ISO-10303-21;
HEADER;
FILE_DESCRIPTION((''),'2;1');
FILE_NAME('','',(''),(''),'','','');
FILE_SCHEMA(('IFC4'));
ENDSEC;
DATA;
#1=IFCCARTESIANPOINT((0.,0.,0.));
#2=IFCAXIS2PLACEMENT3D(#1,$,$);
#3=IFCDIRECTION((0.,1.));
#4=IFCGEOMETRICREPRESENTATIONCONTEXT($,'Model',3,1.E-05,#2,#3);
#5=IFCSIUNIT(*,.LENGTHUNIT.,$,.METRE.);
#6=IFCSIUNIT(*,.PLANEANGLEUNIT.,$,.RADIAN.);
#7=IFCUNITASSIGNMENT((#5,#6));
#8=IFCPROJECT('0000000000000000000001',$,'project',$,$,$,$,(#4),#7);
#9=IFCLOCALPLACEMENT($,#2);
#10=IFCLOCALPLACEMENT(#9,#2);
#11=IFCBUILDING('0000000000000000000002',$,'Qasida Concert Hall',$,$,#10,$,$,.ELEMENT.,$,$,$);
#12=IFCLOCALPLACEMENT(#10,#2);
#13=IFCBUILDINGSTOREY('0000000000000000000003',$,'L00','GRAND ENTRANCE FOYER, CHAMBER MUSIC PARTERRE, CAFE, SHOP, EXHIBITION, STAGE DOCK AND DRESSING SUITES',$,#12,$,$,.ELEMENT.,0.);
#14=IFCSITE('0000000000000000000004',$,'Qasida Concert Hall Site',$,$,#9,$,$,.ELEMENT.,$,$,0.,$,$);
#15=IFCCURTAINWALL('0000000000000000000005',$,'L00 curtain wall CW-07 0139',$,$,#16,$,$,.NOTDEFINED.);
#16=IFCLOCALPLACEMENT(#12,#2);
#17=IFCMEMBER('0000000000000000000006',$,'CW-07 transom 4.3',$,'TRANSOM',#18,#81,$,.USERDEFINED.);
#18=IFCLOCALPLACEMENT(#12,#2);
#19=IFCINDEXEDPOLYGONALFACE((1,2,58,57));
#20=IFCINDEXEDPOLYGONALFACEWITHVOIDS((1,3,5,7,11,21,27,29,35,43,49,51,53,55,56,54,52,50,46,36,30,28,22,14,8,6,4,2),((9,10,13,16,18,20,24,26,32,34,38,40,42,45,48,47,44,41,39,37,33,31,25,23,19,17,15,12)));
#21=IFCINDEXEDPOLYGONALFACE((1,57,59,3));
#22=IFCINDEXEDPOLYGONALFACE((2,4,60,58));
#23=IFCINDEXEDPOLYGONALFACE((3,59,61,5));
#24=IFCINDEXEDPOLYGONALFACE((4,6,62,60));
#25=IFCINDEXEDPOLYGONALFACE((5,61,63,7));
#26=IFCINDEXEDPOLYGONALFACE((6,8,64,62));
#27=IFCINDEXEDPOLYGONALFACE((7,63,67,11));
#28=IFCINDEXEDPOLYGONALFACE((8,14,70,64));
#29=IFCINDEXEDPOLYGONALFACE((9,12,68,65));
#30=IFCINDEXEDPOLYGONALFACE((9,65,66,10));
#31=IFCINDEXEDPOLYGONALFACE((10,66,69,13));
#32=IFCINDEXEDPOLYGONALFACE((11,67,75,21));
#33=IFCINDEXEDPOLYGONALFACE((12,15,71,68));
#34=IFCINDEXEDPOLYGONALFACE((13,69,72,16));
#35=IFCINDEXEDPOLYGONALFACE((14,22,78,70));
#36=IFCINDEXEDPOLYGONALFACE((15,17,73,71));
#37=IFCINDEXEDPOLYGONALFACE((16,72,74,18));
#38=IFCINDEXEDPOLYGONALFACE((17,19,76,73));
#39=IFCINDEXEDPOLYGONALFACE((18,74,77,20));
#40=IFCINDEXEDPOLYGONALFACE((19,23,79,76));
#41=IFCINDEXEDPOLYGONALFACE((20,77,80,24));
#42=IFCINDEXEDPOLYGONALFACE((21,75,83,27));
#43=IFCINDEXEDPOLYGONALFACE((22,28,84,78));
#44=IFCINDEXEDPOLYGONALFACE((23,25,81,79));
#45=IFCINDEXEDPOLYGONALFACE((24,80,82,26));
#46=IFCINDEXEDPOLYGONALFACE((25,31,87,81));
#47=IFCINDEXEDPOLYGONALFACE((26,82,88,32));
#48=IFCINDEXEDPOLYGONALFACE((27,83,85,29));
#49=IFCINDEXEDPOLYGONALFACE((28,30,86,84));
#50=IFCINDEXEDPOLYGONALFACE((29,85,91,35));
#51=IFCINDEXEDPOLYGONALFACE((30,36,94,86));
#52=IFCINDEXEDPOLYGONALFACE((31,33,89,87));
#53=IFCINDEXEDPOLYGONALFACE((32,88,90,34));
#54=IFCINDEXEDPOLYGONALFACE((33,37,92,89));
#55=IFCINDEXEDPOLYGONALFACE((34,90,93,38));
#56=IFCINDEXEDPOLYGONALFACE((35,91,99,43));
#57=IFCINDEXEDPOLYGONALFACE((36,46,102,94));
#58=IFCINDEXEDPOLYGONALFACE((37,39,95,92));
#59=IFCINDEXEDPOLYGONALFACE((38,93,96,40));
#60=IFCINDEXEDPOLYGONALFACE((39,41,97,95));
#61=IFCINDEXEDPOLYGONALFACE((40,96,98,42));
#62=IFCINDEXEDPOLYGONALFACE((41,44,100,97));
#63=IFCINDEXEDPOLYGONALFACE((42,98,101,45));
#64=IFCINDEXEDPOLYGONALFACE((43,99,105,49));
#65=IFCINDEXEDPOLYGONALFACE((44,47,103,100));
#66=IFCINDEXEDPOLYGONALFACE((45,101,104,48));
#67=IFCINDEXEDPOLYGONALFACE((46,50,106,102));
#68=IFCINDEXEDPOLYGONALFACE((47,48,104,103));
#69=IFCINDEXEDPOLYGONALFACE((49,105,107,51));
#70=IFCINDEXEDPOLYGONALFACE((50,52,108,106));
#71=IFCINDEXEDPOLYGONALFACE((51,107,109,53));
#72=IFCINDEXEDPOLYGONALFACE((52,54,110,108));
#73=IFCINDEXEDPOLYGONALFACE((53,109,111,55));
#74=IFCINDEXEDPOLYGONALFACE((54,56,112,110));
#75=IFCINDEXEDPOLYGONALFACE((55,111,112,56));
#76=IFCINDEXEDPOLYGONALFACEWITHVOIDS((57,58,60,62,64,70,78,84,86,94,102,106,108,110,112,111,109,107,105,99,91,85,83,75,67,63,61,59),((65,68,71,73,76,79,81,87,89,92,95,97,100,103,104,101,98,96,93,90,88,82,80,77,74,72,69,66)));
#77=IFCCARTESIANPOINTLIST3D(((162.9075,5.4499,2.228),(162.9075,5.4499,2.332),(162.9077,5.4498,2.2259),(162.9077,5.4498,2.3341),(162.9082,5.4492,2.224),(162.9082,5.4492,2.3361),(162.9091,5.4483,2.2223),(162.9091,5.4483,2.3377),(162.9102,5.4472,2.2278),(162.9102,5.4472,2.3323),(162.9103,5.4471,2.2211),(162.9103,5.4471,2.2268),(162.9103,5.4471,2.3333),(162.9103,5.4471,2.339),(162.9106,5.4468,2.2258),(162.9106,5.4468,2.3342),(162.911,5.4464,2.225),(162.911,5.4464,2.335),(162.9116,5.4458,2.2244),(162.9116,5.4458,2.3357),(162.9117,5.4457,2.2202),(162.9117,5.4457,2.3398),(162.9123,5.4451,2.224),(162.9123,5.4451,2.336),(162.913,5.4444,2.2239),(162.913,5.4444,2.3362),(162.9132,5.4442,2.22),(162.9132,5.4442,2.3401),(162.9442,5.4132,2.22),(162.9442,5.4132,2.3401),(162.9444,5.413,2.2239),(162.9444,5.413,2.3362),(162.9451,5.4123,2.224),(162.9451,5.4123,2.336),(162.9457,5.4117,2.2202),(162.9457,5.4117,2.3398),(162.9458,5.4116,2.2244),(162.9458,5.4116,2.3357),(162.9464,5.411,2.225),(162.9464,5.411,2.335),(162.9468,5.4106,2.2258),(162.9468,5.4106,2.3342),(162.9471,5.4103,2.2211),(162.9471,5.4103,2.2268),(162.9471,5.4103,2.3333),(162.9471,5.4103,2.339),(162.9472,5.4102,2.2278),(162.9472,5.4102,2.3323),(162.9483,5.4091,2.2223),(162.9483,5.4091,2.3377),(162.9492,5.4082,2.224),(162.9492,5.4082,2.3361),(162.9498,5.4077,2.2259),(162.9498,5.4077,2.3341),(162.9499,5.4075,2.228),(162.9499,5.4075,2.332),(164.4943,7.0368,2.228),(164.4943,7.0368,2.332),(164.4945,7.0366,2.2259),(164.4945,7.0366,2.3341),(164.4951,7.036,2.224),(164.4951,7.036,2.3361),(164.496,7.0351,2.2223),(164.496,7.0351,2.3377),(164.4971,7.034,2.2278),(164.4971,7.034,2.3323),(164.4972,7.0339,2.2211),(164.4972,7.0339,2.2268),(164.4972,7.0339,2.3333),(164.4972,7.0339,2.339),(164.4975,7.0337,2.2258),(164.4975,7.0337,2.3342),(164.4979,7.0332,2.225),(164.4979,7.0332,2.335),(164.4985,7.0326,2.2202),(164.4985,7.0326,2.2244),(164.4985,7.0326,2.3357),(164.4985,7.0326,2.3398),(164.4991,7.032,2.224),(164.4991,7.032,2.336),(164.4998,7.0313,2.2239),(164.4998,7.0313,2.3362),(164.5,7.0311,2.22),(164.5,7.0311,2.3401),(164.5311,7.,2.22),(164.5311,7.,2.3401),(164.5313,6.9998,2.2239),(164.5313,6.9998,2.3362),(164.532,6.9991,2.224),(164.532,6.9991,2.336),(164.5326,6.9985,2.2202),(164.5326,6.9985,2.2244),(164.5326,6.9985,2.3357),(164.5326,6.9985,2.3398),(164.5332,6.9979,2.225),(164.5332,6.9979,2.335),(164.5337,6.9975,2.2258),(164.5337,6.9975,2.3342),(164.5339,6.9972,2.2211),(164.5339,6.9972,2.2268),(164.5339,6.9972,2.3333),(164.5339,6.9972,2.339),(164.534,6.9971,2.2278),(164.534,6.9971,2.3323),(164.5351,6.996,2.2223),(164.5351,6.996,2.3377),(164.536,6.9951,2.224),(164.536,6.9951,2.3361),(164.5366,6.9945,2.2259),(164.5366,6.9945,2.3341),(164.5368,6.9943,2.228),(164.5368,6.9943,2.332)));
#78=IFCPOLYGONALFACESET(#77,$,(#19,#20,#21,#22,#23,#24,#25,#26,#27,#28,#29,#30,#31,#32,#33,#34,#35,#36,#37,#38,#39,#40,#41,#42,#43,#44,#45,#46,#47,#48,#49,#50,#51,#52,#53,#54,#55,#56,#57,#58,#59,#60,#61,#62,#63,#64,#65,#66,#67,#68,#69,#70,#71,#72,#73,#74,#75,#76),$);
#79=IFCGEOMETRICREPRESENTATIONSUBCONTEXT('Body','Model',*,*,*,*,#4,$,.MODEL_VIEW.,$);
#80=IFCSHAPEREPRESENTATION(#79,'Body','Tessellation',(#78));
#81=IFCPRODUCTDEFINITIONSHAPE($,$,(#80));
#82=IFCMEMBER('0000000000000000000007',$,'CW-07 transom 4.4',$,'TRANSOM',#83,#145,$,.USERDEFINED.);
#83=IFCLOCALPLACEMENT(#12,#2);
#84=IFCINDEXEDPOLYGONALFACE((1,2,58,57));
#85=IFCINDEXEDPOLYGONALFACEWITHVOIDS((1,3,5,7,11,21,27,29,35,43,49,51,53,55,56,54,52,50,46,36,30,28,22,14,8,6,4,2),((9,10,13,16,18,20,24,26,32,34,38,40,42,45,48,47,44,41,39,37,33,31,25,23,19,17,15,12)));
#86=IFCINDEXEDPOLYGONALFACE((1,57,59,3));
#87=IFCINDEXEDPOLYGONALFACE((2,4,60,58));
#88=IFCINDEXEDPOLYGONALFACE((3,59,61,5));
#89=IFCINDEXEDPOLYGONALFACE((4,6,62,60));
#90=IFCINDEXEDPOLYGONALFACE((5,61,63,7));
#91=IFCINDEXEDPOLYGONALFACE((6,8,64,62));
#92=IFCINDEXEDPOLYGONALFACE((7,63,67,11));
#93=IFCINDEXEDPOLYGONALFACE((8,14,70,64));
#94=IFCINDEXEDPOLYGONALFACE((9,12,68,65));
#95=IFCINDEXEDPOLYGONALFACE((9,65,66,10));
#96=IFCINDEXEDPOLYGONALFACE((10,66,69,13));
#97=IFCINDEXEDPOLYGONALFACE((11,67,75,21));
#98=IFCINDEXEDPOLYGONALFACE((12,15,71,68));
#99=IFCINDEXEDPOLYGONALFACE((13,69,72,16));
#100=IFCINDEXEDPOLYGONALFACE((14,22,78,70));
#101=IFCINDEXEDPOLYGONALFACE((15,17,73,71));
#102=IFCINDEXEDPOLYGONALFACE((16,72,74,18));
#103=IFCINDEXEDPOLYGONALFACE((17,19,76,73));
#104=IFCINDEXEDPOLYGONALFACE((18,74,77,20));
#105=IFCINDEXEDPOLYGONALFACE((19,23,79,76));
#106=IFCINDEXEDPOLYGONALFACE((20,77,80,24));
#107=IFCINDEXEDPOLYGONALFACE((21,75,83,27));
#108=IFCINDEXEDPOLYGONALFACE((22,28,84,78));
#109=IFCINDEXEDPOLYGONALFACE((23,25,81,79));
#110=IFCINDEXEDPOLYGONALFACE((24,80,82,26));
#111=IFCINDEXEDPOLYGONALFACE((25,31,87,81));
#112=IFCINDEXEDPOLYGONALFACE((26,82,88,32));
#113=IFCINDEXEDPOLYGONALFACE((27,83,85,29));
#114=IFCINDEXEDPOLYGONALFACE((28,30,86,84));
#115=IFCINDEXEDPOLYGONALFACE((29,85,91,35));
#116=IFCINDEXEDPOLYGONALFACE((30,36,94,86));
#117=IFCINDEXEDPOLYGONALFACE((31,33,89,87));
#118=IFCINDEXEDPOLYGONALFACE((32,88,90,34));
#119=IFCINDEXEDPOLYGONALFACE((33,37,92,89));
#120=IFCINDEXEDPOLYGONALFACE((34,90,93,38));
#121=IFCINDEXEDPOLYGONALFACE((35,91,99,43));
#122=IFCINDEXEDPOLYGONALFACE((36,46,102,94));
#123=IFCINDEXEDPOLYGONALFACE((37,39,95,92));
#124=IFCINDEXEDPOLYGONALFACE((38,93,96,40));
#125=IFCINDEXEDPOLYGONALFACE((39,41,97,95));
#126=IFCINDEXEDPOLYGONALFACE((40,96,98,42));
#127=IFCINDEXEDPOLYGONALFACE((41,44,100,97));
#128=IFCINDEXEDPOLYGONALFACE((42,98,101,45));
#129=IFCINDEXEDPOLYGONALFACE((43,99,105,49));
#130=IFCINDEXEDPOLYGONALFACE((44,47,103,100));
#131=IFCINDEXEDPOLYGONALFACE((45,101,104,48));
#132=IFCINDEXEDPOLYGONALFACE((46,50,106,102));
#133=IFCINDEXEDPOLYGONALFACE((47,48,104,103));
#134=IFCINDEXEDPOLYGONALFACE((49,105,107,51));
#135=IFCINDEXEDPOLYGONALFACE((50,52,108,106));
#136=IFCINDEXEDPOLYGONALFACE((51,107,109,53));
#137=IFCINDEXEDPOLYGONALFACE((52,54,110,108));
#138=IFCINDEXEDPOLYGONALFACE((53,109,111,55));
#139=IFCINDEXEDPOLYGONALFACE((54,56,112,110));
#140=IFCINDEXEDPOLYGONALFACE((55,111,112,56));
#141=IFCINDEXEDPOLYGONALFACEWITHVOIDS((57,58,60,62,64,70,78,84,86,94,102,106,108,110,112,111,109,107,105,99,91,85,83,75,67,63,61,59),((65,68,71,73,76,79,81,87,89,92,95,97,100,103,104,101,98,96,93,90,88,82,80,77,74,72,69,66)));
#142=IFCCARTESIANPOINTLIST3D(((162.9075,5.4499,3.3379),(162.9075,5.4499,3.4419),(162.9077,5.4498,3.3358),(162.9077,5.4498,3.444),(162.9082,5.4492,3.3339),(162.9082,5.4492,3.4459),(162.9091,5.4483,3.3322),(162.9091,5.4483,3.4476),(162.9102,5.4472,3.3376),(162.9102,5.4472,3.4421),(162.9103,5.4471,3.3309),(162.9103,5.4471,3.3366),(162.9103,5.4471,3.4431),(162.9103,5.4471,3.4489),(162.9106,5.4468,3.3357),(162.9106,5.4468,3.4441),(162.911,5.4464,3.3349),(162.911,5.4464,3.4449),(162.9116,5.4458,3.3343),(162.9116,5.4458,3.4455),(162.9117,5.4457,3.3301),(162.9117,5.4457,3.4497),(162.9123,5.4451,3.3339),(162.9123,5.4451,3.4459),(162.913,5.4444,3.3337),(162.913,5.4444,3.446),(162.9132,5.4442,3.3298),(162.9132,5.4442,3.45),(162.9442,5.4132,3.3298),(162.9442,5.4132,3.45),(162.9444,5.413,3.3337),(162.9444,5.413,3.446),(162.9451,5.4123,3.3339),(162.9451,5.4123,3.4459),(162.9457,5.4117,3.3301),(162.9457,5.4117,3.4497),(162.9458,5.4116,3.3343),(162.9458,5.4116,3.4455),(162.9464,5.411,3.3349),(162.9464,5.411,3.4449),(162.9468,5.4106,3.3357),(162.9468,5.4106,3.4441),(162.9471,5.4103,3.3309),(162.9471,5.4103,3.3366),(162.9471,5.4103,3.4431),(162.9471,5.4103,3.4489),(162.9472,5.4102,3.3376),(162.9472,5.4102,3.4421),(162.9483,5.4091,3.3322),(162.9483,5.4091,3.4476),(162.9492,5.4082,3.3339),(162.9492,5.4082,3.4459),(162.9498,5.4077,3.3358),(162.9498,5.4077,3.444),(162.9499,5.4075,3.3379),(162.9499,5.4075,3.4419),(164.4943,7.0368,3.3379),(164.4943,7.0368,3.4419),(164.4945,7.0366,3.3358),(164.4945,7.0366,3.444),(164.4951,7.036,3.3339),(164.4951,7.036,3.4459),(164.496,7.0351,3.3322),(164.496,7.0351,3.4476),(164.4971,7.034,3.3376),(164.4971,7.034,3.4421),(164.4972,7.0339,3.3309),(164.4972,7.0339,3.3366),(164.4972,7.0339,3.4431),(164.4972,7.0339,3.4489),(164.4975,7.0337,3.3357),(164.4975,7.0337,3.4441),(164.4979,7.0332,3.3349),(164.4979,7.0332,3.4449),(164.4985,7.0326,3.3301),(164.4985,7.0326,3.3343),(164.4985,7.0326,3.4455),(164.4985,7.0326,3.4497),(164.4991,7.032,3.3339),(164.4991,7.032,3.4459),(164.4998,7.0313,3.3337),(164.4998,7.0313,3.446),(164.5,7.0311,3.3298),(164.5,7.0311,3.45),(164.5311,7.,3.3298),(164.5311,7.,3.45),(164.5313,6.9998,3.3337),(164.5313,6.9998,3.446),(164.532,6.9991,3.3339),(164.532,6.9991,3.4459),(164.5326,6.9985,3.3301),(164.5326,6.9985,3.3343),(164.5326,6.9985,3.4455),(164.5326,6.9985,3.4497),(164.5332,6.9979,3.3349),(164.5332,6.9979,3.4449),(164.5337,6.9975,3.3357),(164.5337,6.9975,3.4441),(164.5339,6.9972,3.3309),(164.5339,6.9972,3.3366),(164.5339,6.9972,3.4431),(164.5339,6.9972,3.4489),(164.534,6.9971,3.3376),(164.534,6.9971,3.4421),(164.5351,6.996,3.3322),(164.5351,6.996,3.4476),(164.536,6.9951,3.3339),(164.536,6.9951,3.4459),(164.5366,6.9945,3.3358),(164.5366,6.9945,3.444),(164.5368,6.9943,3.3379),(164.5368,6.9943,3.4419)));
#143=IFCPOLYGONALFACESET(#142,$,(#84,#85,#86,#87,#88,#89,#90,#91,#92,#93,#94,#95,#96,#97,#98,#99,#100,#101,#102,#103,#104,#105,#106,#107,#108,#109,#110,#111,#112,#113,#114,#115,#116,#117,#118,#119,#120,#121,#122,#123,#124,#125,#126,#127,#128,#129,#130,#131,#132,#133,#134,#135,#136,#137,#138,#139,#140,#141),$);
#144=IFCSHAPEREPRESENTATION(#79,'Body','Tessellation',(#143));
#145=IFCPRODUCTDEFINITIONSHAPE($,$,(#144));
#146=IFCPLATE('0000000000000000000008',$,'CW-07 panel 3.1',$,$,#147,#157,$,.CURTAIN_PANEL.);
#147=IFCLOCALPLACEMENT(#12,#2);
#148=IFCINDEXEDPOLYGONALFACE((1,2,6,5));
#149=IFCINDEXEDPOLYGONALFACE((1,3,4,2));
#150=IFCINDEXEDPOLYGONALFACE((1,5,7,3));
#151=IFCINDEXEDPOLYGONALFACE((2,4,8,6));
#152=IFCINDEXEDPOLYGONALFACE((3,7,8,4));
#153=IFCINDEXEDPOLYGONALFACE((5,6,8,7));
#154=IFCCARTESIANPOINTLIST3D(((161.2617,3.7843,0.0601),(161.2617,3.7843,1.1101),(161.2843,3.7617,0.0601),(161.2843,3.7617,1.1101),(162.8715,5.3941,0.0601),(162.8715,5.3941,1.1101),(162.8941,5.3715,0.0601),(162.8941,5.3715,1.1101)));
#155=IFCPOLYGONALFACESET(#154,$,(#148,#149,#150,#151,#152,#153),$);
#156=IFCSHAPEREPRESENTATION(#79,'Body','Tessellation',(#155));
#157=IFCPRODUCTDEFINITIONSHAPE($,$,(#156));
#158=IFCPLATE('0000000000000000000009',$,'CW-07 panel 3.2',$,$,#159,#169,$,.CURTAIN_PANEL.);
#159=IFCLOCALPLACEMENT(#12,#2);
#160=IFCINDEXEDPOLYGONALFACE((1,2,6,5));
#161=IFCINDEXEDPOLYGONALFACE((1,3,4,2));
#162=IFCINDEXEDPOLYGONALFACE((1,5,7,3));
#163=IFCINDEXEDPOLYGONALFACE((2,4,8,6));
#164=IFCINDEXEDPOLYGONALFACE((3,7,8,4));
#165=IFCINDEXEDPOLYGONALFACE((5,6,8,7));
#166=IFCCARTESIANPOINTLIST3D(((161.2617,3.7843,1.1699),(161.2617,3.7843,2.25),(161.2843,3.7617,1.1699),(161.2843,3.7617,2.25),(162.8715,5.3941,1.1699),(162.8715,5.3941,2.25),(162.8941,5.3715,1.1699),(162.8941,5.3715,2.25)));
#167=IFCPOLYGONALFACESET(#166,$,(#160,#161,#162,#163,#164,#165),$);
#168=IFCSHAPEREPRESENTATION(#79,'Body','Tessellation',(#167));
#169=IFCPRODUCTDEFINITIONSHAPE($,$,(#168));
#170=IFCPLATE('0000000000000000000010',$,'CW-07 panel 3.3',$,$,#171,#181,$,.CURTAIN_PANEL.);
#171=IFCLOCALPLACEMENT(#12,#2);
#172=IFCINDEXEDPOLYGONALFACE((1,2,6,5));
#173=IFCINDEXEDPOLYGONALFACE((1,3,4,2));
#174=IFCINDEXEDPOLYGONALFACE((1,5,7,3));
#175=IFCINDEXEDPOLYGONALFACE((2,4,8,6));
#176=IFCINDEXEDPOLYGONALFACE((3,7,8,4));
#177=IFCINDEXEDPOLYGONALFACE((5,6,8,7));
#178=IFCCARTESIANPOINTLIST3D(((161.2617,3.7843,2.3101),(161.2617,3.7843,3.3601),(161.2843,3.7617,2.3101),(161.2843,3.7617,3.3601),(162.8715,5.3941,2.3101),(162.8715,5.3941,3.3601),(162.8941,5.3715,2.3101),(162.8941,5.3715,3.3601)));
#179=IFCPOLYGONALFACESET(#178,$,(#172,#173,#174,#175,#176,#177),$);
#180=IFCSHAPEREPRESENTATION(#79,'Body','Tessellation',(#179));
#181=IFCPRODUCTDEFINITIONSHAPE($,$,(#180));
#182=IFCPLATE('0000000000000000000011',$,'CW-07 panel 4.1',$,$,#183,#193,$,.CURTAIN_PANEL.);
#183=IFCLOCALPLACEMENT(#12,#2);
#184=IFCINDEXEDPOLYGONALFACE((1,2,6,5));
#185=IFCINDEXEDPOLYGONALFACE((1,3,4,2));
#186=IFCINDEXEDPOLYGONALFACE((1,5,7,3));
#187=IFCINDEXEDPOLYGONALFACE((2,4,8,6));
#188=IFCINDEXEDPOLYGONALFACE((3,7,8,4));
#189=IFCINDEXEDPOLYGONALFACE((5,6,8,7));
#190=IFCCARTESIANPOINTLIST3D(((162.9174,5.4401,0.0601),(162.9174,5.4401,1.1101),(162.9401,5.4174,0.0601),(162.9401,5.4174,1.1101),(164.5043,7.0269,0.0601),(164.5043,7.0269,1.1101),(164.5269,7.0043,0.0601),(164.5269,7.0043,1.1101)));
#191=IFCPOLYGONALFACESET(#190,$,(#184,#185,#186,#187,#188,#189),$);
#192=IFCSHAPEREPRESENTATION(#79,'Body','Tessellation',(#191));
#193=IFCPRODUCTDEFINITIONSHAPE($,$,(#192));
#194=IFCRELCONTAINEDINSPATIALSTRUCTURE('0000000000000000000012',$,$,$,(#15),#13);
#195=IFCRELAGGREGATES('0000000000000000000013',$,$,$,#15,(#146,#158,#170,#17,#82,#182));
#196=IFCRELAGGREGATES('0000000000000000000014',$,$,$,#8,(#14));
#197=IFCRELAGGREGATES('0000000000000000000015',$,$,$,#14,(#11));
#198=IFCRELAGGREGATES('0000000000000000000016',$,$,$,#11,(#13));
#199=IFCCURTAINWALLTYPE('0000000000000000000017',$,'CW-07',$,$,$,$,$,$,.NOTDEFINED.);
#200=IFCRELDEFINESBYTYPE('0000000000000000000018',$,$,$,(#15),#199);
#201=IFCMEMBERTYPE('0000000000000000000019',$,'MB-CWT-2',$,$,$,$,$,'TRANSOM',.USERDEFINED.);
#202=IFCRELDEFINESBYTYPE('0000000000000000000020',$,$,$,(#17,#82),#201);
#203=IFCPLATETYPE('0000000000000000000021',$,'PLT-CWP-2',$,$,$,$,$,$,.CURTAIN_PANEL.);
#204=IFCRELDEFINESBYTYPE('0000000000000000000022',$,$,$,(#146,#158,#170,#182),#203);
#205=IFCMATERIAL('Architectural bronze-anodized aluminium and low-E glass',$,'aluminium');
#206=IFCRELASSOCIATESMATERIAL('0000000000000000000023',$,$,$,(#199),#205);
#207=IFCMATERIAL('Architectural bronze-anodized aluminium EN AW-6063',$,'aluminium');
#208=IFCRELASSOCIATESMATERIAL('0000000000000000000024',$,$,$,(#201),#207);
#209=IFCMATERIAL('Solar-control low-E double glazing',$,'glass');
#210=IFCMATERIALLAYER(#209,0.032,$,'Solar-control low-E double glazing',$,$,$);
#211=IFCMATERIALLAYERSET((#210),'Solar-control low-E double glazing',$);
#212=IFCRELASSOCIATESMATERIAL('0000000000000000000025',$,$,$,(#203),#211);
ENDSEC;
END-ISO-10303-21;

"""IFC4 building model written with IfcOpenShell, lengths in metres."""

from ifc_helpers import new_model, si_unit, direction, frame, origin, origin_2d, place, context, subcontext, project, spatial, rectangle, hollow_rectangle, extrude, material, layer, layer_set, material_profile, profile_set, type_object, element, aggregate, save


model = new_model("IFC4")

# Units and contexts
model_context = context("Model", 3, precision=1e-05, world=origin(), true_north=direction((0.0, 1.0)))
body_context = subcontext(model_context, "Body", "Model", "MODEL_VIEW")
ifc_project = project(units=[si_unit("LENGTHUNIT", "METRE"), si_unit("PLANEANGLEUNIT", "RADIAN")], contexts=[model_context])

# Site, building, storey
site_placement = place(None, origin())
site = spatial("IfcSite", under=ifc_project, at=site_placement, Name="Qasida Concert Hall Site", CompositionType="ELEMENT", RefElevation=0.0)
building_placement = place(site_placement, origin())
building = spatial("IfcBuilding", under=site, at=building_placement, Name="Qasida Concert Hall", CompositionType="ELEMENT")
storey_placement = place(building_placement, origin())
storey = spatial("IfcBuildingStorey", under=building, at=storey_placement, Name="L00", Description="GRAND ENTRANCE FOYER, CHAMBER MUSIC PARTERRE, CAFE, SHOP, EXHIBITION, STAGE DOCK AND DRESSING SUITES", CompositionType="ELEMENT", Elevation=0.0)

# Curtain wall, members, plates
ifc_material_1 = material(Name="Architectural bronze-anodized aluminium and low-E glass", Category="aluminium")
curtain_wall_type = type_object("IfcCurtainWallType", Name="CW-07", PredefinedType="NOTDEFINED", material=ifc_material_1)
curtain_wall_placement = place(storey_placement, origin())
curtain_wall = element("IfcCurtainWall", 1, at=curtain_wall_placement, inside=storey, type_object=curtain_wall_type, Name="L00 curtain wall CW-07 0139", PredefinedType="NOTDEFINED")
ifc_material_2 = material(Name="Architectural bronze-anodized aluminium EN AW-6063", Category="aluminium")
ifc_material_profile_1 = material_profile(ifc_material_2, hollow_rectangle(XDim=0.0601, YDim=0.1201, WallThickness=0.0039, InnerFilletRadius=0.0039, OuterFilletRadius=0.0081, at=origin_2d()), Name="CWT 120x60x4")
ifc_profile_set_1 = profile_set([ifc_material_profile_1], Name="Architectural bronze-anodized aluminium EN AW-6063")
member_type_1 = type_object("IfcMemberType", Name="MB-CWT-2", ElementType="TRANSOM", PredefinedType="USERDEFINED", material=ifc_profile_set_1)
member_1_placement = place(storey_placement, frame((162.9287, 5.4287, 2.28), z_axis=(0.707107, 0.707107, 0.0), x_axis=(-0.707107, 0.707107, 0.0)))
member_1 = element("IfcMember", 2, at=member_1_placement, type_object=member_type_1, Name="CW-07 transom 4.3", ObjectType="TRANSOM", PredefinedType="USERDEFINED", context=body_context, shape_type="SweptSolid", body=[
    extrude(hollow_rectangle(XDim=0.0601, YDim=0.1201, WallThickness=0.0039, InnerFilletRadius=0.0039, OuterFilletRadius=0.0081, at=origin_2d()), origin(), (0.0, 0.0, 1.0), 2.2441),
])
member_2_placement = place(storey_placement, frame((162.9287, 5.4287, 3.3899), z_axis=(0.707107, 0.707107, 0.0), x_axis=(-0.707107, 0.707107, 0.0)))
member_2 = element("IfcMember", 3, at=member_2_placement, type_object=member_type_1, Name="CW-07 transom 4.4", ObjectType="TRANSOM", PredefinedType="USERDEFINED", context=body_context, shape_type="SweptSolid", body=[
    extrude(hollow_rectangle(XDim=0.0601, YDim=0.1201, WallThickness=0.0039, InnerFilletRadius=0.0039, OuterFilletRadius=0.0081, at=origin_2d()), origin(), (0.0, 0.0, 1.0), 2.2441),
])
ifc_material_3 = material(Name="Solar-control low-E double glazing", Category="glass")
ifc_layer_1 = layer(ifc_material_3, 0.032, Name="Solar-control low-E double glazing")
ifc_layer_set_1 = layer_set([ifc_layer_1], Name="Solar-control low-E double glazing")
plate_type = type_object("IfcPlateType", Name="PLT-CWP-2", PredefinedType="CURTAIN_PANEL", material=ifc_layer_set_1)
plate_1_placement = place(storey_placement, frame((162.0779, 4.5779, 0.0601), z_axis=(0.0, 0.0, 1.0), x_axis=(0.707107, 0.707107, 0.0)))
plate_1 = element("IfcPlate", 4, at=plate_1_placement, type_object=plate_type, Name="CW-07 panel 3.1", PredefinedType="CURTAIN_PANEL", context=body_context, shape_type="SweptSolid", body=[
    extrude(rectangle(XDim=2.2766, YDim=0.032, at=origin_2d()), origin(), (0.0, 0.0, 1.0), 1.05),
])
plate_2_placement = place(storey_placement, frame((162.0779, 4.5779, 1.1699), z_axis=(0.0, 0.0, 1.0), x_axis=(0.707107, 0.707107, 0.0)))
plate_2 = element("IfcPlate", 5, at=plate_2_placement, type_object=plate_type, Name="CW-07 panel 3.2", PredefinedType="CURTAIN_PANEL", context=body_context, shape_type="SweptSolid", body=[
    extrude(rectangle(XDim=2.2766, YDim=0.032, at=origin_2d()), origin(), (0.0, 0.0, 1.0), 1.0801),
])
plate_3_placement = place(storey_placement, frame((162.0779, 4.5779, 2.3101), z_axis=(0.0, 0.0, 1.0), x_axis=(0.707107, 0.707107, 0.0)))
plate_3 = element("IfcPlate", 6, at=plate_3_placement, type_object=plate_type, Name="CW-07 panel 3.3", PredefinedType="CURTAIN_PANEL", context=body_context, shape_type="SweptSolid", body=[
    extrude(rectangle(XDim=2.2766, YDim=0.032, at=origin_2d()), origin(), (0.0, 0.0, 1.0), 1.05),
])
plate_4_placement = place(storey_placement, frame((163.7222, 6.2222, 0.0601), z_axis=(0.0, 0.0, 1.0), x_axis=(0.707107, 0.707107, 0.0)))
plate_4 = element("IfcPlate", 7, at=plate_4_placement, type_object=plate_type, Name="CW-07 panel 4.1", PredefinedType="CURTAIN_PANEL", context=body_context, shape_type="SweptSolid", body=[
    extrude(rectangle(XDim=2.2441, YDim=0.032, at=origin_2d()), origin(), (0.0, 0.0, 1.0), 1.05),
])
aggregate(curtain_wall, [plate_1, plate_2, plate_3, member_1, member_2, plate_4])

save(model, "model.ifc")
